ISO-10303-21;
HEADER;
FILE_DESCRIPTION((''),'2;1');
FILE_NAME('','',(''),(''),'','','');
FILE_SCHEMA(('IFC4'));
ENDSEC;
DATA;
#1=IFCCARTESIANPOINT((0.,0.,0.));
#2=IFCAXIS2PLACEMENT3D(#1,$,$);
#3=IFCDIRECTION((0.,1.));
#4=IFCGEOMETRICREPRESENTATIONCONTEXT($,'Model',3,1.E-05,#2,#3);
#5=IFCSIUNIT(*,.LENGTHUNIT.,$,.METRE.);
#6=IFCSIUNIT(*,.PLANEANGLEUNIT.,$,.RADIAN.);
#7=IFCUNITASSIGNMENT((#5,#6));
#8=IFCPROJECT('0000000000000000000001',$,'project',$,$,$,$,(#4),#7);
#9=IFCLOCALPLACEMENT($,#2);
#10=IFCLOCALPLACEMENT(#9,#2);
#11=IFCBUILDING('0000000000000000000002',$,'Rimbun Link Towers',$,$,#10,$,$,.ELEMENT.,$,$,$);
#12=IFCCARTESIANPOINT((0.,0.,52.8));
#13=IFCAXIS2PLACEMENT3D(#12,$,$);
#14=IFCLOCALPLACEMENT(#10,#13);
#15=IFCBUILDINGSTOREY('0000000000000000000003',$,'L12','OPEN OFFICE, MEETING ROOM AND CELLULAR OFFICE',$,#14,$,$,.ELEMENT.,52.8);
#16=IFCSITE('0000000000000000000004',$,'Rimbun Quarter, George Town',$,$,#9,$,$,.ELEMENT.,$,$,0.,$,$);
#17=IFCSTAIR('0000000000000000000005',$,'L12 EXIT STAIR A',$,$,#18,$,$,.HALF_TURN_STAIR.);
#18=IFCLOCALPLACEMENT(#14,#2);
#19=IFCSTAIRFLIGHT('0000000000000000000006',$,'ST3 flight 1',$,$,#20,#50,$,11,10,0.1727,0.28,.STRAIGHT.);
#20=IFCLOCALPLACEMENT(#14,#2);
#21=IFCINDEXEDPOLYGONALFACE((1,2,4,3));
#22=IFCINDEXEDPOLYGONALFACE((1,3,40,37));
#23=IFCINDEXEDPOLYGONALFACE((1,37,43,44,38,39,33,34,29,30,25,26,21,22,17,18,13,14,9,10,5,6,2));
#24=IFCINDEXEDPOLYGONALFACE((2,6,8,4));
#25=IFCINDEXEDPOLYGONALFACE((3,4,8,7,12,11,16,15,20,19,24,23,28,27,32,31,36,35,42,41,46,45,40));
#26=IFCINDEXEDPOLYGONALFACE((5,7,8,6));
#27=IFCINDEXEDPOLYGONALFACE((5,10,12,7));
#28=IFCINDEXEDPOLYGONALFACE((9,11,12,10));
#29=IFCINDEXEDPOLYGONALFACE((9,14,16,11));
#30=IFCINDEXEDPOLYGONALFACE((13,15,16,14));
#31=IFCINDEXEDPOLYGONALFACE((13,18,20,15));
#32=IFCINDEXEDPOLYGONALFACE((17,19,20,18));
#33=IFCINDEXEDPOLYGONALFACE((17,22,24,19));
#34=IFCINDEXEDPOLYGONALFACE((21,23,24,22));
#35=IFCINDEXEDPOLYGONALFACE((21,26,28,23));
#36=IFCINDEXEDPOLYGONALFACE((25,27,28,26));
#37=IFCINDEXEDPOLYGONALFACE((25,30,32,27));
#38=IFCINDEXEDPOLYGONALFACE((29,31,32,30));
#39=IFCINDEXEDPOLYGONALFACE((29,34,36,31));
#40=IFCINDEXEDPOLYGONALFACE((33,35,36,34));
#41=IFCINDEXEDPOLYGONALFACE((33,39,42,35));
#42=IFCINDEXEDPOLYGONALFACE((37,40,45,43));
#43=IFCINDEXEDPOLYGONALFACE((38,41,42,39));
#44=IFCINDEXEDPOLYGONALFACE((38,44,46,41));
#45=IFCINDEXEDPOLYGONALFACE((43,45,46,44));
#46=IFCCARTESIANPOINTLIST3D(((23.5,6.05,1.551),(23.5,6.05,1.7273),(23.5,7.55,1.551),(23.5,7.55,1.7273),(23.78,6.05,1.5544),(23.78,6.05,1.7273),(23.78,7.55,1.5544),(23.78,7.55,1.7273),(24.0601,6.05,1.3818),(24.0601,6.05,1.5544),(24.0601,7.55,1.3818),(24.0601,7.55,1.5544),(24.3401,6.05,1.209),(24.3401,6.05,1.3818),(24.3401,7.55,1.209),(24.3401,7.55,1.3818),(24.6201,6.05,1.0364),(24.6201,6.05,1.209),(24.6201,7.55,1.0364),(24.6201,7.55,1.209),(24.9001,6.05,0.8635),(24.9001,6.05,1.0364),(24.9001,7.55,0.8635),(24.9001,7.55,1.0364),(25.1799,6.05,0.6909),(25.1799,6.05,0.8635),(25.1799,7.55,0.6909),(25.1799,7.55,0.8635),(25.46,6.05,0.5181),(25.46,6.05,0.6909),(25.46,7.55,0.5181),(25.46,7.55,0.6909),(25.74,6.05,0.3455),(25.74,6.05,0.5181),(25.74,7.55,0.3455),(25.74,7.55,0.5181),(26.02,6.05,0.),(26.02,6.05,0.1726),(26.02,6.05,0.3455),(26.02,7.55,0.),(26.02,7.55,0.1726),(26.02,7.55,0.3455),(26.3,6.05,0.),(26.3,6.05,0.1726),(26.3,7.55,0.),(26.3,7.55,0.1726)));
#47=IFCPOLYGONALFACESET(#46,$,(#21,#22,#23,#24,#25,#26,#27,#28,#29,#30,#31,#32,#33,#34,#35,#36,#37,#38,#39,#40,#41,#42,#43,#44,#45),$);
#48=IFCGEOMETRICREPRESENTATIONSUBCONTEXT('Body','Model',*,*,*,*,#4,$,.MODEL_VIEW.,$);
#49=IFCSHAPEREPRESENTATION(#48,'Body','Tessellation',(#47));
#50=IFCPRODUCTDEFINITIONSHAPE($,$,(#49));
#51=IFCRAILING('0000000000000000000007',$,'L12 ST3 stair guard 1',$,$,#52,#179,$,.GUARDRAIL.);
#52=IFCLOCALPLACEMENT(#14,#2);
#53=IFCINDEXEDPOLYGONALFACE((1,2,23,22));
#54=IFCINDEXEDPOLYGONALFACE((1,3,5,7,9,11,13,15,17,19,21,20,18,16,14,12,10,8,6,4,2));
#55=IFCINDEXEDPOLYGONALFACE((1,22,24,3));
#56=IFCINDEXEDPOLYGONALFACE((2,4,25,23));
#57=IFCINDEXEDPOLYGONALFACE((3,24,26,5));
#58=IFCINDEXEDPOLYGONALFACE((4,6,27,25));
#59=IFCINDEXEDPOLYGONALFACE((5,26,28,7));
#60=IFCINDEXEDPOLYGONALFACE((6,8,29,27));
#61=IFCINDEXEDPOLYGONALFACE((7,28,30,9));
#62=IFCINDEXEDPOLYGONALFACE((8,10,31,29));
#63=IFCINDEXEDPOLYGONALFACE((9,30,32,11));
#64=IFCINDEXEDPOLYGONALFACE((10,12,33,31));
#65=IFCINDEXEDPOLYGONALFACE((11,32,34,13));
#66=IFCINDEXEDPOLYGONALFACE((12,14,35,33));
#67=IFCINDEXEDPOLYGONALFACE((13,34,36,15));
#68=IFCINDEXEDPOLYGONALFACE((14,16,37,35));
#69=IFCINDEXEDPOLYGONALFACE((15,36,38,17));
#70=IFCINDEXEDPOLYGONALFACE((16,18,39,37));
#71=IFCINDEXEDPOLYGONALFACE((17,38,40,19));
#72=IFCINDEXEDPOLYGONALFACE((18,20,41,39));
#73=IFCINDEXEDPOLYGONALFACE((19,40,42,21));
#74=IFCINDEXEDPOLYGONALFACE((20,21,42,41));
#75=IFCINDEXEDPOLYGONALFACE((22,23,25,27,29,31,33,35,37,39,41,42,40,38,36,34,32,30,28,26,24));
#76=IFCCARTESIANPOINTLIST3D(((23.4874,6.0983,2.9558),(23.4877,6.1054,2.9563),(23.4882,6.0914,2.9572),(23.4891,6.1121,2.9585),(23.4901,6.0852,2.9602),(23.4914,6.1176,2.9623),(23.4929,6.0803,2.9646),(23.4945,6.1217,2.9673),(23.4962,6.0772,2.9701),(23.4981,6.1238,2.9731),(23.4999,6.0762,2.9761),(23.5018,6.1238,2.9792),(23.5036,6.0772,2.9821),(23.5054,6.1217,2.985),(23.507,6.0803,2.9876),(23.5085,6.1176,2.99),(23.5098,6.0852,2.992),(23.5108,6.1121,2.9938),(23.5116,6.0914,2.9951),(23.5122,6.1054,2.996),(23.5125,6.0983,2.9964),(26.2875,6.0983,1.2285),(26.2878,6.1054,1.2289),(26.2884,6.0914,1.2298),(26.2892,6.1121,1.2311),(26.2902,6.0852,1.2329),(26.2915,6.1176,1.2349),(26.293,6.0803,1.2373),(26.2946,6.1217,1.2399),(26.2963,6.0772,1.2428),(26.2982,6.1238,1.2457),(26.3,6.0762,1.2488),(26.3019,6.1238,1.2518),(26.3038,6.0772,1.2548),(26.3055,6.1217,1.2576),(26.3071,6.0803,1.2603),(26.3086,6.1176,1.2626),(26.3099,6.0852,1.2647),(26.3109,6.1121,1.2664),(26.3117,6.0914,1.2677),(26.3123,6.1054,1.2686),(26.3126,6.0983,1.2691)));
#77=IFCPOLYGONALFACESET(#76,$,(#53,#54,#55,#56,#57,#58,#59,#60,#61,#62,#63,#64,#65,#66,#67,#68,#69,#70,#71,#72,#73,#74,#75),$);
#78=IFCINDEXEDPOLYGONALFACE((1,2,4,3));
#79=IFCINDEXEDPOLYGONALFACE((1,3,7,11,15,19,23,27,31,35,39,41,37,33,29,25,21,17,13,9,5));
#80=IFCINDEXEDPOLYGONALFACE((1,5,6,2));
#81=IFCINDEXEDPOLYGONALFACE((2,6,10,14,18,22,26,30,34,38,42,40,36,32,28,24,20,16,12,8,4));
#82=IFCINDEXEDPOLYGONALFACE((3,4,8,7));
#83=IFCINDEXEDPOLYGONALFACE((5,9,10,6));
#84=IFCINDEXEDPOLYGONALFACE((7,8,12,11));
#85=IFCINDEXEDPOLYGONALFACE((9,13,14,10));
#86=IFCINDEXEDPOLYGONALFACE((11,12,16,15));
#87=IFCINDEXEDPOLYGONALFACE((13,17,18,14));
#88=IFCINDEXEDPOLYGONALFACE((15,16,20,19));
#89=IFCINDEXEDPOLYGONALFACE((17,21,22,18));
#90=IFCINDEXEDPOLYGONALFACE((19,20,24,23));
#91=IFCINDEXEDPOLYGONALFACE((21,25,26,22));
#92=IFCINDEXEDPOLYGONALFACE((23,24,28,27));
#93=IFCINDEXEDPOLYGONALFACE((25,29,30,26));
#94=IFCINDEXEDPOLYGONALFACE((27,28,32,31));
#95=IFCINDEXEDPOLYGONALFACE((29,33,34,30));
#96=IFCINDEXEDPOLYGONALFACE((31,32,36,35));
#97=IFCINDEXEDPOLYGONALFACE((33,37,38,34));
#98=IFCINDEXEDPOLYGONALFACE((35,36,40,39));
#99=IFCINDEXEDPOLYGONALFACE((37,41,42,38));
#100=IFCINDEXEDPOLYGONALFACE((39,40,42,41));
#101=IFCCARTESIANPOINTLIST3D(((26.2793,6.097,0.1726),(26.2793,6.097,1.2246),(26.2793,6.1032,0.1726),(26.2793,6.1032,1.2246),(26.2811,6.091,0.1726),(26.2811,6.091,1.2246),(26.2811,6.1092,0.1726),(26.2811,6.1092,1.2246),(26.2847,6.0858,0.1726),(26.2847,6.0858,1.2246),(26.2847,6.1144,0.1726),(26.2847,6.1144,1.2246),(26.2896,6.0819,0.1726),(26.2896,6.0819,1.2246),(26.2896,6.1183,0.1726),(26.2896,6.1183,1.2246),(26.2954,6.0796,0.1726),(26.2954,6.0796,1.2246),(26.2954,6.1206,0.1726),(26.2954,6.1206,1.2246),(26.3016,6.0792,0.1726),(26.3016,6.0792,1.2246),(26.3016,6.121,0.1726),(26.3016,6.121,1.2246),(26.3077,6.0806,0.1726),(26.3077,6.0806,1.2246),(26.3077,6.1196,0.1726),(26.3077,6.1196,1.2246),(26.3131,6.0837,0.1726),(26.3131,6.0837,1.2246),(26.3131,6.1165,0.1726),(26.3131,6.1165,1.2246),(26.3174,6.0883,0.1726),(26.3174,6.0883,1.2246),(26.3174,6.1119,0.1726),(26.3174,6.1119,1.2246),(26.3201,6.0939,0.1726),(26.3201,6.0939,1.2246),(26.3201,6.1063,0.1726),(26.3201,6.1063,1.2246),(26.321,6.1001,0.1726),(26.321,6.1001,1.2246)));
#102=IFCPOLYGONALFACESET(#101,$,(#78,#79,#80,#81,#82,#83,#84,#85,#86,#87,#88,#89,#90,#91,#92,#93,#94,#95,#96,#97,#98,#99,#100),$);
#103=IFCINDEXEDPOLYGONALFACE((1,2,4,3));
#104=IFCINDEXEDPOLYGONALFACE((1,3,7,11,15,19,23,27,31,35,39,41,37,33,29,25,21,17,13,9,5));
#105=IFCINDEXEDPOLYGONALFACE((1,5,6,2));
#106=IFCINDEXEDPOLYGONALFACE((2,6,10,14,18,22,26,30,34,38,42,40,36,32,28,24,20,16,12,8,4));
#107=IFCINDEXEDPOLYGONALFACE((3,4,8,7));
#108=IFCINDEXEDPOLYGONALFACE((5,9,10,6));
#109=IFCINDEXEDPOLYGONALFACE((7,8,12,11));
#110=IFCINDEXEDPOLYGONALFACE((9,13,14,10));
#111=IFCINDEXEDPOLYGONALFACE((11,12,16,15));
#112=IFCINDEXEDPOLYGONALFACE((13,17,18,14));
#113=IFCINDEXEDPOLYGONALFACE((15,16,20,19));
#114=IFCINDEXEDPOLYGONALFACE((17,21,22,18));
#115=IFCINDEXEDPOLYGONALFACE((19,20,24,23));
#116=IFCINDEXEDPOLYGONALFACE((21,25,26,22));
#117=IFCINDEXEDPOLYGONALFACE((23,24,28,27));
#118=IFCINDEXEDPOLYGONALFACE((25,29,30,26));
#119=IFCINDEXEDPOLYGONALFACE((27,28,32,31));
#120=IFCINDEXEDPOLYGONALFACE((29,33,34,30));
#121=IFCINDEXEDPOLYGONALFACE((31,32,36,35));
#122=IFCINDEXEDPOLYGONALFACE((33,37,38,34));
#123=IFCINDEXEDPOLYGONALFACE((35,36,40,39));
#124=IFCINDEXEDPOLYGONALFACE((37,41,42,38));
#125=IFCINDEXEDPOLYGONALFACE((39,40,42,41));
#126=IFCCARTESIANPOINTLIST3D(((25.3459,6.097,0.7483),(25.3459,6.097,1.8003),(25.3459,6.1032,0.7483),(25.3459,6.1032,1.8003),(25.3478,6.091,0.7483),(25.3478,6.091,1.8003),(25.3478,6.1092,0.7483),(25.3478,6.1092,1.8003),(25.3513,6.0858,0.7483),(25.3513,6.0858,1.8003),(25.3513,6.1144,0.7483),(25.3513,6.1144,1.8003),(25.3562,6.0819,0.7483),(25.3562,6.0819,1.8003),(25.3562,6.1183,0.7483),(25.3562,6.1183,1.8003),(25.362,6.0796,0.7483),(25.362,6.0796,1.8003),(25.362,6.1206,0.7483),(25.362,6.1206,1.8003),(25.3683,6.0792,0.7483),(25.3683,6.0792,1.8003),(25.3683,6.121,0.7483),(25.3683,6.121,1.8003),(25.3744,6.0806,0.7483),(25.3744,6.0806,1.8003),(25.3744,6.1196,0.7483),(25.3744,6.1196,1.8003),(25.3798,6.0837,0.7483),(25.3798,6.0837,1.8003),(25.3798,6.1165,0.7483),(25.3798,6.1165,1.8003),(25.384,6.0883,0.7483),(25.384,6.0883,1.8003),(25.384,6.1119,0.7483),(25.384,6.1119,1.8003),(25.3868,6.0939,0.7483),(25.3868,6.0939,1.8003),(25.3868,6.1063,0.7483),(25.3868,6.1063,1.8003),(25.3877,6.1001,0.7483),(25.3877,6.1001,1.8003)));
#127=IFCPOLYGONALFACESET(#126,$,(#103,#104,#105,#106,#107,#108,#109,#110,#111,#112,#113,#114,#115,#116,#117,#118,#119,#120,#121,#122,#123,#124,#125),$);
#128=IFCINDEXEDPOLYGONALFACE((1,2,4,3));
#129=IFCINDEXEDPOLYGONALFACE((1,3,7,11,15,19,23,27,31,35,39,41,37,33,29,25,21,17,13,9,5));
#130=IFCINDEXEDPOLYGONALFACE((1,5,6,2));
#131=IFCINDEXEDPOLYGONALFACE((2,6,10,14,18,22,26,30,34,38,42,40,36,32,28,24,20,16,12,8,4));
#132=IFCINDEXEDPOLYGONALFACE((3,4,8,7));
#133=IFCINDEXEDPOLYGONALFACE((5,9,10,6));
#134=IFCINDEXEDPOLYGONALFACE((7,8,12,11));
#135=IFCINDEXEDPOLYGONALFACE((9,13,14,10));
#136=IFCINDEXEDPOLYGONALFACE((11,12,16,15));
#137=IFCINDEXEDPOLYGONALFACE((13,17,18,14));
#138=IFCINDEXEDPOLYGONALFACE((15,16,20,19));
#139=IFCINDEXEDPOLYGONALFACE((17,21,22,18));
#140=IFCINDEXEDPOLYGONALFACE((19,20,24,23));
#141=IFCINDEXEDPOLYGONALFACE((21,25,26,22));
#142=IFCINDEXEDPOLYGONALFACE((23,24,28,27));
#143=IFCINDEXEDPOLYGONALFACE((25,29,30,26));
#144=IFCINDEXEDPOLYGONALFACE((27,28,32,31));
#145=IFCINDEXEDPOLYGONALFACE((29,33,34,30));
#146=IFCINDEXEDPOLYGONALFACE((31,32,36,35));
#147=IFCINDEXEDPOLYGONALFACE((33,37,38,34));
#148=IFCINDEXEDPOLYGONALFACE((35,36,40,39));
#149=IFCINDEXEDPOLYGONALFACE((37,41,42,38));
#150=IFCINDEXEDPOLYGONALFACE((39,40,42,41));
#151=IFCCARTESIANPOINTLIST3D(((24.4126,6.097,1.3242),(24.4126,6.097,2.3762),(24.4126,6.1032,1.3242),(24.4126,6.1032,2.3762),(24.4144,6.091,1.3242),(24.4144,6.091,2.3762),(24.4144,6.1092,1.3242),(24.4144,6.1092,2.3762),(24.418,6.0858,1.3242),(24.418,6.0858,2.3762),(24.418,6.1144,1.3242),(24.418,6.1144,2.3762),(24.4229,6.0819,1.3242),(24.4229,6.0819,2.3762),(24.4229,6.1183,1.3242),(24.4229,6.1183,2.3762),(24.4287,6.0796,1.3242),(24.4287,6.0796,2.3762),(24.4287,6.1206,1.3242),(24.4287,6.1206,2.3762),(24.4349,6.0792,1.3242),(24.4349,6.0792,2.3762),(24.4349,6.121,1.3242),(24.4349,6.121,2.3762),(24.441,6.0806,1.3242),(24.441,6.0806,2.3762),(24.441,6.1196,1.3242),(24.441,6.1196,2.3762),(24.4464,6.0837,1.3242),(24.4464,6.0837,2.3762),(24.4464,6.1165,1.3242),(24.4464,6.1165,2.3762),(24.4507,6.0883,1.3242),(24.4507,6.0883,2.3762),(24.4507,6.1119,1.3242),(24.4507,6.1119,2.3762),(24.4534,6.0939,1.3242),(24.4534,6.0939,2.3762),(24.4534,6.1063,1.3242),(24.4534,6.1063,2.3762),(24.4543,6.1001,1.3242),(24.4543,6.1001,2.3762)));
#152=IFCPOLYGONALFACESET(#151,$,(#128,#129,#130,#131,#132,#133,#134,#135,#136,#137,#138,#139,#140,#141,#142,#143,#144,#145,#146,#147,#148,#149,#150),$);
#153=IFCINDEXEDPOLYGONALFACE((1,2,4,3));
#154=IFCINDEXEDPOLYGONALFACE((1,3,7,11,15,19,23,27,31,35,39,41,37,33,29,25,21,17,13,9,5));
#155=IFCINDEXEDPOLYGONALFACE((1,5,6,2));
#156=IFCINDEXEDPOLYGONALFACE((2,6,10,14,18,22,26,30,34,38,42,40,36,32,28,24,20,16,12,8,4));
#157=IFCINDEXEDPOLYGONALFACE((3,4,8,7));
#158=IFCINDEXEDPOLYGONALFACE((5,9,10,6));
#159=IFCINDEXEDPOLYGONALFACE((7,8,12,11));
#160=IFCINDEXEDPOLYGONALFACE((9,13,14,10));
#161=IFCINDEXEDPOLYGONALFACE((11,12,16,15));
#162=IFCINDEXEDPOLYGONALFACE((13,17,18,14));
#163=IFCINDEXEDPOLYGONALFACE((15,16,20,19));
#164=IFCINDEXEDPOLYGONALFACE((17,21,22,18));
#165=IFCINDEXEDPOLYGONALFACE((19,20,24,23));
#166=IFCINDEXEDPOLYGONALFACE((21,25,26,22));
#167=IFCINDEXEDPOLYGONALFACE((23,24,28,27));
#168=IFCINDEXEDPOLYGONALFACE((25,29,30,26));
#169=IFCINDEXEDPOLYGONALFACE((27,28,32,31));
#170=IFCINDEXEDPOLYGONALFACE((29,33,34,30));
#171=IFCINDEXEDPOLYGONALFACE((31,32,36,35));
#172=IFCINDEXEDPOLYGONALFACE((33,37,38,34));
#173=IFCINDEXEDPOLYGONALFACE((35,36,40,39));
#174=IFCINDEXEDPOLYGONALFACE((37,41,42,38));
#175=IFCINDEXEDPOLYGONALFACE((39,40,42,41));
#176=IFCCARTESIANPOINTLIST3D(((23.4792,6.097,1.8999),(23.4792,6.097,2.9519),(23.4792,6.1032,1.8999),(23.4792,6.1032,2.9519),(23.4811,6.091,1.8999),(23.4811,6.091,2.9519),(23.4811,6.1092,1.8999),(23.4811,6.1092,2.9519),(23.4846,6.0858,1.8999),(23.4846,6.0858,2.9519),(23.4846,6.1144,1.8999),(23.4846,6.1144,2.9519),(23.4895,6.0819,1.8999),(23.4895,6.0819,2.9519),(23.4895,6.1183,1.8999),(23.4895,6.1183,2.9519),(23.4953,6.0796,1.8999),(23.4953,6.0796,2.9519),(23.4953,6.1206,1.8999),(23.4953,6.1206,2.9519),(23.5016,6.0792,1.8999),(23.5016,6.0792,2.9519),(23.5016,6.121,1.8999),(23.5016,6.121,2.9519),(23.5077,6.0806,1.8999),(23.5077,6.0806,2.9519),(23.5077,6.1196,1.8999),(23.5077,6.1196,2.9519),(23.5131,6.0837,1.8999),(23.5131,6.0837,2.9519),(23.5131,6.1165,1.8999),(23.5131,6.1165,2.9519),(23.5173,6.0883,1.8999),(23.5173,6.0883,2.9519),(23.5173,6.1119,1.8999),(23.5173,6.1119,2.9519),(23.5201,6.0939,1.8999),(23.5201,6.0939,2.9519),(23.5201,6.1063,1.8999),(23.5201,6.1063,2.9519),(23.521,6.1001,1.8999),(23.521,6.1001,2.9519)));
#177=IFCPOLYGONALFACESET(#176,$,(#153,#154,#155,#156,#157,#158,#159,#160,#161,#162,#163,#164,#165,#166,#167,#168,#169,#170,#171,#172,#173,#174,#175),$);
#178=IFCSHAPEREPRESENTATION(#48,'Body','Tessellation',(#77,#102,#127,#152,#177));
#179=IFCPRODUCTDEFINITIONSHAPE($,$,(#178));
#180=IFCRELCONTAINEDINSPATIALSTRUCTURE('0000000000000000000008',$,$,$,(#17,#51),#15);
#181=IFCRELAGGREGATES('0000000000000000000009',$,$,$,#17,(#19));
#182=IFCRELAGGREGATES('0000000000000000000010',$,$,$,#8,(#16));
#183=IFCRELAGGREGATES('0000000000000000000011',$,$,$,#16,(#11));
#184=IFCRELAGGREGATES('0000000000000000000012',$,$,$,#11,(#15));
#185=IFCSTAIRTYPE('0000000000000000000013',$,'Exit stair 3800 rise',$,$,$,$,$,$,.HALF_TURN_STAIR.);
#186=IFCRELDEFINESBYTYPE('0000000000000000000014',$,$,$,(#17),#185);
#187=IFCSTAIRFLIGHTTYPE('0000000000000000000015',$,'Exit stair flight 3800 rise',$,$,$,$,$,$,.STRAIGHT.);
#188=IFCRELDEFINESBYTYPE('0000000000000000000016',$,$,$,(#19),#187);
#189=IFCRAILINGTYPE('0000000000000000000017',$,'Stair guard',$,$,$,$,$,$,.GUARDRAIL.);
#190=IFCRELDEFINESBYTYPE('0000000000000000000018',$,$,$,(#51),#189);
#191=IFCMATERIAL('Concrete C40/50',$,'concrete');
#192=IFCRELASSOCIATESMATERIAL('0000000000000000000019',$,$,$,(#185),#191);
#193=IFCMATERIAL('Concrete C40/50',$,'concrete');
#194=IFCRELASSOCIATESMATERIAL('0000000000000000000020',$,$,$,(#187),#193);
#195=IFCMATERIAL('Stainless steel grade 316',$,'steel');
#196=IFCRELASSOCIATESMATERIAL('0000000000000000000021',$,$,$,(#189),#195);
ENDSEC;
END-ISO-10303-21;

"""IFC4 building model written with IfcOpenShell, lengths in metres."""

from ifc_helpers import new_model, si_unit, direction, frame, origin, origin_2d, place, context, subcontext, project, spatial, polyline, circle, outline, extrude, material, type_object, element, aggregate, save


model = new_model("IFC4")

# Units and contexts
model_context = context("Model", 3, precision=1e-05, world=origin(), true_north=direction((0.0, 1.0)))
body_context = subcontext(model_context, "Body", "Model", "MODEL_VIEW")
ifc_project = project(units=[si_unit("LENGTHUNIT", "METRE"), si_unit("PLANEANGLEUNIT", "RADIAN")], contexts=[model_context])

# Site, building, storey
site_placement = place(None, origin())
site = spatial("IfcSite", under=ifc_project, at=site_placement, Name="Rimbun Quarter, George Town", CompositionType="ELEMENT", RefElevation=0.0)
building_placement = place(site_placement, origin())
building = spatial("IfcBuilding", under=site, at=building_placement, Name="Rimbun Link Towers", CompositionType="ELEMENT")
storey_placement = place(building_placement, frame((0.0, 0.0, 52.8)))
storey = spatial("IfcBuildingStorey", under=building, at=storey_placement, Name="L12", Description="OPEN OFFICE, MEETING ROOM AND CELLULAR OFFICE", CompositionType="ELEMENT", Elevation=52.8)

# Stair, stair flight
ifc_material_1 = material(Name="Concrete C40/50", Category="concrete")
stair_type = type_object("IfcStairType", Name="Exit stair 3800 rise", PredefinedType="HALF_TURN_STAIR", material=ifc_material_1)
stair_placement = place(storey_placement, origin())
stair = element("IfcStair", 1, at=stair_placement, inside=storey, type_object=stair_type, Name="L12 EXIT STAIR A", PredefinedType="HALF_TURN_STAIR")
ifc_material_2 = material(Name="Concrete C40/50", Category="concrete")
stair_flight_type = type_object("IfcStairFlightType", Name="Exit stair flight 3800 rise", PredefinedType="STRAIGHT", material=ifc_material_2)
stair_flight_placement = place(storey_placement, frame((26.3, 6.8, 0.0), z_axis=(0.0, 0.0, 1.0), x_axis=(-1.0, 0.0, 0.0)))
stair_flight = element("IfcStairFlight", 2, at=stair_flight_placement, type_object=stair_flight_type, Name="ST3 flight 1", NumberOfRisers=11, NumberOfTreads=10, PredefinedType="STRAIGHT", RiserHeight=0.1727, TreadLength=0.28, context=body_context, shape_type="SweptSolid", body=[
    extrude(outline(polyline([(0.0, 0.0), (0.0, 0.1726), (0.28, 0.1726), (0.28, 0.3455), (0.5601, 0.3455), (0.5601, 0.5181), (0.8401, 0.5181), (0.8401, 0.6909), (1.1201, 0.6909), (1.1201, 0.8635), (1.3999, 0.8635), (1.3999, 1.0364), (1.6799, 1.0364), (1.6799, 1.209), (1.96, 1.209), (1.96, 1.3818), (2.24, 1.3818), (2.24, 1.5544), (2.52, 1.5544), (2.52, 1.7273), (2.8, 1.7273), (2.8, 1.8999), (2.8, 1.551), (0.28, 0.0), (0.0, 0.0)])), frame((0.0, 0.75, 0.0), z_axis=(0.0, -1.0, 0.0), x_axis=(1.0, 0.0, 0.0)), (0.0, 0.0, 1.0), 1.5),
])
aggregate(stair, [stair_flight])

# Railing
ifc_material_3 = material(Name="Stainless steel grade 316", Category="steel")
railing_type_1 = type_object("IfcRailingType", Name="Stair guard", PredefinedType="GUARDRAIL", material=ifc_material_3)
railing_1_placement = place(storey_placement, frame((26.3, 6.1001, 0.1726)))
element("IfcRailing", 3, at=railing_1_placement, inside=storey, type_object=railing_type_1, Name="L12 ST3 stair guard 1", PredefinedType="GUARDRAIL", context=body_context, shape_type="SweptSolid", body=[
    extrude(circle(Radius=0.0239, at=origin_2d()), frame((0.0, 0.0, 1.0762), z_axis=(-0.85109, 0.0, 0.52502), x_axis=(0.0, -1.0, 0.0)), (0.0, 0.0, 1.0), 3.29),
    extrude(circle(Radius=0.021, at=origin_2d()), origin(), (0.0, 0.0, 1.0), 1.052),
    extrude(circle(Radius=0.021, at=origin_2d()), frame((-0.9333, 0.0, 0.5757)), (0.0, 0.0, 1.0), 1.052),
    extrude(circle(Radius=0.021, at=origin_2d()), frame((-1.8667, 0.0, 1.1516)), (0.0, 0.0, 1.0), 1.052),
    extrude(circle(Radius=0.021, at=origin_2d()), frame((-2.8, 0.0, 1.7273)), (0.0, 0.0, 1.0), 1.052),
])

save(model, "model.ifc")
